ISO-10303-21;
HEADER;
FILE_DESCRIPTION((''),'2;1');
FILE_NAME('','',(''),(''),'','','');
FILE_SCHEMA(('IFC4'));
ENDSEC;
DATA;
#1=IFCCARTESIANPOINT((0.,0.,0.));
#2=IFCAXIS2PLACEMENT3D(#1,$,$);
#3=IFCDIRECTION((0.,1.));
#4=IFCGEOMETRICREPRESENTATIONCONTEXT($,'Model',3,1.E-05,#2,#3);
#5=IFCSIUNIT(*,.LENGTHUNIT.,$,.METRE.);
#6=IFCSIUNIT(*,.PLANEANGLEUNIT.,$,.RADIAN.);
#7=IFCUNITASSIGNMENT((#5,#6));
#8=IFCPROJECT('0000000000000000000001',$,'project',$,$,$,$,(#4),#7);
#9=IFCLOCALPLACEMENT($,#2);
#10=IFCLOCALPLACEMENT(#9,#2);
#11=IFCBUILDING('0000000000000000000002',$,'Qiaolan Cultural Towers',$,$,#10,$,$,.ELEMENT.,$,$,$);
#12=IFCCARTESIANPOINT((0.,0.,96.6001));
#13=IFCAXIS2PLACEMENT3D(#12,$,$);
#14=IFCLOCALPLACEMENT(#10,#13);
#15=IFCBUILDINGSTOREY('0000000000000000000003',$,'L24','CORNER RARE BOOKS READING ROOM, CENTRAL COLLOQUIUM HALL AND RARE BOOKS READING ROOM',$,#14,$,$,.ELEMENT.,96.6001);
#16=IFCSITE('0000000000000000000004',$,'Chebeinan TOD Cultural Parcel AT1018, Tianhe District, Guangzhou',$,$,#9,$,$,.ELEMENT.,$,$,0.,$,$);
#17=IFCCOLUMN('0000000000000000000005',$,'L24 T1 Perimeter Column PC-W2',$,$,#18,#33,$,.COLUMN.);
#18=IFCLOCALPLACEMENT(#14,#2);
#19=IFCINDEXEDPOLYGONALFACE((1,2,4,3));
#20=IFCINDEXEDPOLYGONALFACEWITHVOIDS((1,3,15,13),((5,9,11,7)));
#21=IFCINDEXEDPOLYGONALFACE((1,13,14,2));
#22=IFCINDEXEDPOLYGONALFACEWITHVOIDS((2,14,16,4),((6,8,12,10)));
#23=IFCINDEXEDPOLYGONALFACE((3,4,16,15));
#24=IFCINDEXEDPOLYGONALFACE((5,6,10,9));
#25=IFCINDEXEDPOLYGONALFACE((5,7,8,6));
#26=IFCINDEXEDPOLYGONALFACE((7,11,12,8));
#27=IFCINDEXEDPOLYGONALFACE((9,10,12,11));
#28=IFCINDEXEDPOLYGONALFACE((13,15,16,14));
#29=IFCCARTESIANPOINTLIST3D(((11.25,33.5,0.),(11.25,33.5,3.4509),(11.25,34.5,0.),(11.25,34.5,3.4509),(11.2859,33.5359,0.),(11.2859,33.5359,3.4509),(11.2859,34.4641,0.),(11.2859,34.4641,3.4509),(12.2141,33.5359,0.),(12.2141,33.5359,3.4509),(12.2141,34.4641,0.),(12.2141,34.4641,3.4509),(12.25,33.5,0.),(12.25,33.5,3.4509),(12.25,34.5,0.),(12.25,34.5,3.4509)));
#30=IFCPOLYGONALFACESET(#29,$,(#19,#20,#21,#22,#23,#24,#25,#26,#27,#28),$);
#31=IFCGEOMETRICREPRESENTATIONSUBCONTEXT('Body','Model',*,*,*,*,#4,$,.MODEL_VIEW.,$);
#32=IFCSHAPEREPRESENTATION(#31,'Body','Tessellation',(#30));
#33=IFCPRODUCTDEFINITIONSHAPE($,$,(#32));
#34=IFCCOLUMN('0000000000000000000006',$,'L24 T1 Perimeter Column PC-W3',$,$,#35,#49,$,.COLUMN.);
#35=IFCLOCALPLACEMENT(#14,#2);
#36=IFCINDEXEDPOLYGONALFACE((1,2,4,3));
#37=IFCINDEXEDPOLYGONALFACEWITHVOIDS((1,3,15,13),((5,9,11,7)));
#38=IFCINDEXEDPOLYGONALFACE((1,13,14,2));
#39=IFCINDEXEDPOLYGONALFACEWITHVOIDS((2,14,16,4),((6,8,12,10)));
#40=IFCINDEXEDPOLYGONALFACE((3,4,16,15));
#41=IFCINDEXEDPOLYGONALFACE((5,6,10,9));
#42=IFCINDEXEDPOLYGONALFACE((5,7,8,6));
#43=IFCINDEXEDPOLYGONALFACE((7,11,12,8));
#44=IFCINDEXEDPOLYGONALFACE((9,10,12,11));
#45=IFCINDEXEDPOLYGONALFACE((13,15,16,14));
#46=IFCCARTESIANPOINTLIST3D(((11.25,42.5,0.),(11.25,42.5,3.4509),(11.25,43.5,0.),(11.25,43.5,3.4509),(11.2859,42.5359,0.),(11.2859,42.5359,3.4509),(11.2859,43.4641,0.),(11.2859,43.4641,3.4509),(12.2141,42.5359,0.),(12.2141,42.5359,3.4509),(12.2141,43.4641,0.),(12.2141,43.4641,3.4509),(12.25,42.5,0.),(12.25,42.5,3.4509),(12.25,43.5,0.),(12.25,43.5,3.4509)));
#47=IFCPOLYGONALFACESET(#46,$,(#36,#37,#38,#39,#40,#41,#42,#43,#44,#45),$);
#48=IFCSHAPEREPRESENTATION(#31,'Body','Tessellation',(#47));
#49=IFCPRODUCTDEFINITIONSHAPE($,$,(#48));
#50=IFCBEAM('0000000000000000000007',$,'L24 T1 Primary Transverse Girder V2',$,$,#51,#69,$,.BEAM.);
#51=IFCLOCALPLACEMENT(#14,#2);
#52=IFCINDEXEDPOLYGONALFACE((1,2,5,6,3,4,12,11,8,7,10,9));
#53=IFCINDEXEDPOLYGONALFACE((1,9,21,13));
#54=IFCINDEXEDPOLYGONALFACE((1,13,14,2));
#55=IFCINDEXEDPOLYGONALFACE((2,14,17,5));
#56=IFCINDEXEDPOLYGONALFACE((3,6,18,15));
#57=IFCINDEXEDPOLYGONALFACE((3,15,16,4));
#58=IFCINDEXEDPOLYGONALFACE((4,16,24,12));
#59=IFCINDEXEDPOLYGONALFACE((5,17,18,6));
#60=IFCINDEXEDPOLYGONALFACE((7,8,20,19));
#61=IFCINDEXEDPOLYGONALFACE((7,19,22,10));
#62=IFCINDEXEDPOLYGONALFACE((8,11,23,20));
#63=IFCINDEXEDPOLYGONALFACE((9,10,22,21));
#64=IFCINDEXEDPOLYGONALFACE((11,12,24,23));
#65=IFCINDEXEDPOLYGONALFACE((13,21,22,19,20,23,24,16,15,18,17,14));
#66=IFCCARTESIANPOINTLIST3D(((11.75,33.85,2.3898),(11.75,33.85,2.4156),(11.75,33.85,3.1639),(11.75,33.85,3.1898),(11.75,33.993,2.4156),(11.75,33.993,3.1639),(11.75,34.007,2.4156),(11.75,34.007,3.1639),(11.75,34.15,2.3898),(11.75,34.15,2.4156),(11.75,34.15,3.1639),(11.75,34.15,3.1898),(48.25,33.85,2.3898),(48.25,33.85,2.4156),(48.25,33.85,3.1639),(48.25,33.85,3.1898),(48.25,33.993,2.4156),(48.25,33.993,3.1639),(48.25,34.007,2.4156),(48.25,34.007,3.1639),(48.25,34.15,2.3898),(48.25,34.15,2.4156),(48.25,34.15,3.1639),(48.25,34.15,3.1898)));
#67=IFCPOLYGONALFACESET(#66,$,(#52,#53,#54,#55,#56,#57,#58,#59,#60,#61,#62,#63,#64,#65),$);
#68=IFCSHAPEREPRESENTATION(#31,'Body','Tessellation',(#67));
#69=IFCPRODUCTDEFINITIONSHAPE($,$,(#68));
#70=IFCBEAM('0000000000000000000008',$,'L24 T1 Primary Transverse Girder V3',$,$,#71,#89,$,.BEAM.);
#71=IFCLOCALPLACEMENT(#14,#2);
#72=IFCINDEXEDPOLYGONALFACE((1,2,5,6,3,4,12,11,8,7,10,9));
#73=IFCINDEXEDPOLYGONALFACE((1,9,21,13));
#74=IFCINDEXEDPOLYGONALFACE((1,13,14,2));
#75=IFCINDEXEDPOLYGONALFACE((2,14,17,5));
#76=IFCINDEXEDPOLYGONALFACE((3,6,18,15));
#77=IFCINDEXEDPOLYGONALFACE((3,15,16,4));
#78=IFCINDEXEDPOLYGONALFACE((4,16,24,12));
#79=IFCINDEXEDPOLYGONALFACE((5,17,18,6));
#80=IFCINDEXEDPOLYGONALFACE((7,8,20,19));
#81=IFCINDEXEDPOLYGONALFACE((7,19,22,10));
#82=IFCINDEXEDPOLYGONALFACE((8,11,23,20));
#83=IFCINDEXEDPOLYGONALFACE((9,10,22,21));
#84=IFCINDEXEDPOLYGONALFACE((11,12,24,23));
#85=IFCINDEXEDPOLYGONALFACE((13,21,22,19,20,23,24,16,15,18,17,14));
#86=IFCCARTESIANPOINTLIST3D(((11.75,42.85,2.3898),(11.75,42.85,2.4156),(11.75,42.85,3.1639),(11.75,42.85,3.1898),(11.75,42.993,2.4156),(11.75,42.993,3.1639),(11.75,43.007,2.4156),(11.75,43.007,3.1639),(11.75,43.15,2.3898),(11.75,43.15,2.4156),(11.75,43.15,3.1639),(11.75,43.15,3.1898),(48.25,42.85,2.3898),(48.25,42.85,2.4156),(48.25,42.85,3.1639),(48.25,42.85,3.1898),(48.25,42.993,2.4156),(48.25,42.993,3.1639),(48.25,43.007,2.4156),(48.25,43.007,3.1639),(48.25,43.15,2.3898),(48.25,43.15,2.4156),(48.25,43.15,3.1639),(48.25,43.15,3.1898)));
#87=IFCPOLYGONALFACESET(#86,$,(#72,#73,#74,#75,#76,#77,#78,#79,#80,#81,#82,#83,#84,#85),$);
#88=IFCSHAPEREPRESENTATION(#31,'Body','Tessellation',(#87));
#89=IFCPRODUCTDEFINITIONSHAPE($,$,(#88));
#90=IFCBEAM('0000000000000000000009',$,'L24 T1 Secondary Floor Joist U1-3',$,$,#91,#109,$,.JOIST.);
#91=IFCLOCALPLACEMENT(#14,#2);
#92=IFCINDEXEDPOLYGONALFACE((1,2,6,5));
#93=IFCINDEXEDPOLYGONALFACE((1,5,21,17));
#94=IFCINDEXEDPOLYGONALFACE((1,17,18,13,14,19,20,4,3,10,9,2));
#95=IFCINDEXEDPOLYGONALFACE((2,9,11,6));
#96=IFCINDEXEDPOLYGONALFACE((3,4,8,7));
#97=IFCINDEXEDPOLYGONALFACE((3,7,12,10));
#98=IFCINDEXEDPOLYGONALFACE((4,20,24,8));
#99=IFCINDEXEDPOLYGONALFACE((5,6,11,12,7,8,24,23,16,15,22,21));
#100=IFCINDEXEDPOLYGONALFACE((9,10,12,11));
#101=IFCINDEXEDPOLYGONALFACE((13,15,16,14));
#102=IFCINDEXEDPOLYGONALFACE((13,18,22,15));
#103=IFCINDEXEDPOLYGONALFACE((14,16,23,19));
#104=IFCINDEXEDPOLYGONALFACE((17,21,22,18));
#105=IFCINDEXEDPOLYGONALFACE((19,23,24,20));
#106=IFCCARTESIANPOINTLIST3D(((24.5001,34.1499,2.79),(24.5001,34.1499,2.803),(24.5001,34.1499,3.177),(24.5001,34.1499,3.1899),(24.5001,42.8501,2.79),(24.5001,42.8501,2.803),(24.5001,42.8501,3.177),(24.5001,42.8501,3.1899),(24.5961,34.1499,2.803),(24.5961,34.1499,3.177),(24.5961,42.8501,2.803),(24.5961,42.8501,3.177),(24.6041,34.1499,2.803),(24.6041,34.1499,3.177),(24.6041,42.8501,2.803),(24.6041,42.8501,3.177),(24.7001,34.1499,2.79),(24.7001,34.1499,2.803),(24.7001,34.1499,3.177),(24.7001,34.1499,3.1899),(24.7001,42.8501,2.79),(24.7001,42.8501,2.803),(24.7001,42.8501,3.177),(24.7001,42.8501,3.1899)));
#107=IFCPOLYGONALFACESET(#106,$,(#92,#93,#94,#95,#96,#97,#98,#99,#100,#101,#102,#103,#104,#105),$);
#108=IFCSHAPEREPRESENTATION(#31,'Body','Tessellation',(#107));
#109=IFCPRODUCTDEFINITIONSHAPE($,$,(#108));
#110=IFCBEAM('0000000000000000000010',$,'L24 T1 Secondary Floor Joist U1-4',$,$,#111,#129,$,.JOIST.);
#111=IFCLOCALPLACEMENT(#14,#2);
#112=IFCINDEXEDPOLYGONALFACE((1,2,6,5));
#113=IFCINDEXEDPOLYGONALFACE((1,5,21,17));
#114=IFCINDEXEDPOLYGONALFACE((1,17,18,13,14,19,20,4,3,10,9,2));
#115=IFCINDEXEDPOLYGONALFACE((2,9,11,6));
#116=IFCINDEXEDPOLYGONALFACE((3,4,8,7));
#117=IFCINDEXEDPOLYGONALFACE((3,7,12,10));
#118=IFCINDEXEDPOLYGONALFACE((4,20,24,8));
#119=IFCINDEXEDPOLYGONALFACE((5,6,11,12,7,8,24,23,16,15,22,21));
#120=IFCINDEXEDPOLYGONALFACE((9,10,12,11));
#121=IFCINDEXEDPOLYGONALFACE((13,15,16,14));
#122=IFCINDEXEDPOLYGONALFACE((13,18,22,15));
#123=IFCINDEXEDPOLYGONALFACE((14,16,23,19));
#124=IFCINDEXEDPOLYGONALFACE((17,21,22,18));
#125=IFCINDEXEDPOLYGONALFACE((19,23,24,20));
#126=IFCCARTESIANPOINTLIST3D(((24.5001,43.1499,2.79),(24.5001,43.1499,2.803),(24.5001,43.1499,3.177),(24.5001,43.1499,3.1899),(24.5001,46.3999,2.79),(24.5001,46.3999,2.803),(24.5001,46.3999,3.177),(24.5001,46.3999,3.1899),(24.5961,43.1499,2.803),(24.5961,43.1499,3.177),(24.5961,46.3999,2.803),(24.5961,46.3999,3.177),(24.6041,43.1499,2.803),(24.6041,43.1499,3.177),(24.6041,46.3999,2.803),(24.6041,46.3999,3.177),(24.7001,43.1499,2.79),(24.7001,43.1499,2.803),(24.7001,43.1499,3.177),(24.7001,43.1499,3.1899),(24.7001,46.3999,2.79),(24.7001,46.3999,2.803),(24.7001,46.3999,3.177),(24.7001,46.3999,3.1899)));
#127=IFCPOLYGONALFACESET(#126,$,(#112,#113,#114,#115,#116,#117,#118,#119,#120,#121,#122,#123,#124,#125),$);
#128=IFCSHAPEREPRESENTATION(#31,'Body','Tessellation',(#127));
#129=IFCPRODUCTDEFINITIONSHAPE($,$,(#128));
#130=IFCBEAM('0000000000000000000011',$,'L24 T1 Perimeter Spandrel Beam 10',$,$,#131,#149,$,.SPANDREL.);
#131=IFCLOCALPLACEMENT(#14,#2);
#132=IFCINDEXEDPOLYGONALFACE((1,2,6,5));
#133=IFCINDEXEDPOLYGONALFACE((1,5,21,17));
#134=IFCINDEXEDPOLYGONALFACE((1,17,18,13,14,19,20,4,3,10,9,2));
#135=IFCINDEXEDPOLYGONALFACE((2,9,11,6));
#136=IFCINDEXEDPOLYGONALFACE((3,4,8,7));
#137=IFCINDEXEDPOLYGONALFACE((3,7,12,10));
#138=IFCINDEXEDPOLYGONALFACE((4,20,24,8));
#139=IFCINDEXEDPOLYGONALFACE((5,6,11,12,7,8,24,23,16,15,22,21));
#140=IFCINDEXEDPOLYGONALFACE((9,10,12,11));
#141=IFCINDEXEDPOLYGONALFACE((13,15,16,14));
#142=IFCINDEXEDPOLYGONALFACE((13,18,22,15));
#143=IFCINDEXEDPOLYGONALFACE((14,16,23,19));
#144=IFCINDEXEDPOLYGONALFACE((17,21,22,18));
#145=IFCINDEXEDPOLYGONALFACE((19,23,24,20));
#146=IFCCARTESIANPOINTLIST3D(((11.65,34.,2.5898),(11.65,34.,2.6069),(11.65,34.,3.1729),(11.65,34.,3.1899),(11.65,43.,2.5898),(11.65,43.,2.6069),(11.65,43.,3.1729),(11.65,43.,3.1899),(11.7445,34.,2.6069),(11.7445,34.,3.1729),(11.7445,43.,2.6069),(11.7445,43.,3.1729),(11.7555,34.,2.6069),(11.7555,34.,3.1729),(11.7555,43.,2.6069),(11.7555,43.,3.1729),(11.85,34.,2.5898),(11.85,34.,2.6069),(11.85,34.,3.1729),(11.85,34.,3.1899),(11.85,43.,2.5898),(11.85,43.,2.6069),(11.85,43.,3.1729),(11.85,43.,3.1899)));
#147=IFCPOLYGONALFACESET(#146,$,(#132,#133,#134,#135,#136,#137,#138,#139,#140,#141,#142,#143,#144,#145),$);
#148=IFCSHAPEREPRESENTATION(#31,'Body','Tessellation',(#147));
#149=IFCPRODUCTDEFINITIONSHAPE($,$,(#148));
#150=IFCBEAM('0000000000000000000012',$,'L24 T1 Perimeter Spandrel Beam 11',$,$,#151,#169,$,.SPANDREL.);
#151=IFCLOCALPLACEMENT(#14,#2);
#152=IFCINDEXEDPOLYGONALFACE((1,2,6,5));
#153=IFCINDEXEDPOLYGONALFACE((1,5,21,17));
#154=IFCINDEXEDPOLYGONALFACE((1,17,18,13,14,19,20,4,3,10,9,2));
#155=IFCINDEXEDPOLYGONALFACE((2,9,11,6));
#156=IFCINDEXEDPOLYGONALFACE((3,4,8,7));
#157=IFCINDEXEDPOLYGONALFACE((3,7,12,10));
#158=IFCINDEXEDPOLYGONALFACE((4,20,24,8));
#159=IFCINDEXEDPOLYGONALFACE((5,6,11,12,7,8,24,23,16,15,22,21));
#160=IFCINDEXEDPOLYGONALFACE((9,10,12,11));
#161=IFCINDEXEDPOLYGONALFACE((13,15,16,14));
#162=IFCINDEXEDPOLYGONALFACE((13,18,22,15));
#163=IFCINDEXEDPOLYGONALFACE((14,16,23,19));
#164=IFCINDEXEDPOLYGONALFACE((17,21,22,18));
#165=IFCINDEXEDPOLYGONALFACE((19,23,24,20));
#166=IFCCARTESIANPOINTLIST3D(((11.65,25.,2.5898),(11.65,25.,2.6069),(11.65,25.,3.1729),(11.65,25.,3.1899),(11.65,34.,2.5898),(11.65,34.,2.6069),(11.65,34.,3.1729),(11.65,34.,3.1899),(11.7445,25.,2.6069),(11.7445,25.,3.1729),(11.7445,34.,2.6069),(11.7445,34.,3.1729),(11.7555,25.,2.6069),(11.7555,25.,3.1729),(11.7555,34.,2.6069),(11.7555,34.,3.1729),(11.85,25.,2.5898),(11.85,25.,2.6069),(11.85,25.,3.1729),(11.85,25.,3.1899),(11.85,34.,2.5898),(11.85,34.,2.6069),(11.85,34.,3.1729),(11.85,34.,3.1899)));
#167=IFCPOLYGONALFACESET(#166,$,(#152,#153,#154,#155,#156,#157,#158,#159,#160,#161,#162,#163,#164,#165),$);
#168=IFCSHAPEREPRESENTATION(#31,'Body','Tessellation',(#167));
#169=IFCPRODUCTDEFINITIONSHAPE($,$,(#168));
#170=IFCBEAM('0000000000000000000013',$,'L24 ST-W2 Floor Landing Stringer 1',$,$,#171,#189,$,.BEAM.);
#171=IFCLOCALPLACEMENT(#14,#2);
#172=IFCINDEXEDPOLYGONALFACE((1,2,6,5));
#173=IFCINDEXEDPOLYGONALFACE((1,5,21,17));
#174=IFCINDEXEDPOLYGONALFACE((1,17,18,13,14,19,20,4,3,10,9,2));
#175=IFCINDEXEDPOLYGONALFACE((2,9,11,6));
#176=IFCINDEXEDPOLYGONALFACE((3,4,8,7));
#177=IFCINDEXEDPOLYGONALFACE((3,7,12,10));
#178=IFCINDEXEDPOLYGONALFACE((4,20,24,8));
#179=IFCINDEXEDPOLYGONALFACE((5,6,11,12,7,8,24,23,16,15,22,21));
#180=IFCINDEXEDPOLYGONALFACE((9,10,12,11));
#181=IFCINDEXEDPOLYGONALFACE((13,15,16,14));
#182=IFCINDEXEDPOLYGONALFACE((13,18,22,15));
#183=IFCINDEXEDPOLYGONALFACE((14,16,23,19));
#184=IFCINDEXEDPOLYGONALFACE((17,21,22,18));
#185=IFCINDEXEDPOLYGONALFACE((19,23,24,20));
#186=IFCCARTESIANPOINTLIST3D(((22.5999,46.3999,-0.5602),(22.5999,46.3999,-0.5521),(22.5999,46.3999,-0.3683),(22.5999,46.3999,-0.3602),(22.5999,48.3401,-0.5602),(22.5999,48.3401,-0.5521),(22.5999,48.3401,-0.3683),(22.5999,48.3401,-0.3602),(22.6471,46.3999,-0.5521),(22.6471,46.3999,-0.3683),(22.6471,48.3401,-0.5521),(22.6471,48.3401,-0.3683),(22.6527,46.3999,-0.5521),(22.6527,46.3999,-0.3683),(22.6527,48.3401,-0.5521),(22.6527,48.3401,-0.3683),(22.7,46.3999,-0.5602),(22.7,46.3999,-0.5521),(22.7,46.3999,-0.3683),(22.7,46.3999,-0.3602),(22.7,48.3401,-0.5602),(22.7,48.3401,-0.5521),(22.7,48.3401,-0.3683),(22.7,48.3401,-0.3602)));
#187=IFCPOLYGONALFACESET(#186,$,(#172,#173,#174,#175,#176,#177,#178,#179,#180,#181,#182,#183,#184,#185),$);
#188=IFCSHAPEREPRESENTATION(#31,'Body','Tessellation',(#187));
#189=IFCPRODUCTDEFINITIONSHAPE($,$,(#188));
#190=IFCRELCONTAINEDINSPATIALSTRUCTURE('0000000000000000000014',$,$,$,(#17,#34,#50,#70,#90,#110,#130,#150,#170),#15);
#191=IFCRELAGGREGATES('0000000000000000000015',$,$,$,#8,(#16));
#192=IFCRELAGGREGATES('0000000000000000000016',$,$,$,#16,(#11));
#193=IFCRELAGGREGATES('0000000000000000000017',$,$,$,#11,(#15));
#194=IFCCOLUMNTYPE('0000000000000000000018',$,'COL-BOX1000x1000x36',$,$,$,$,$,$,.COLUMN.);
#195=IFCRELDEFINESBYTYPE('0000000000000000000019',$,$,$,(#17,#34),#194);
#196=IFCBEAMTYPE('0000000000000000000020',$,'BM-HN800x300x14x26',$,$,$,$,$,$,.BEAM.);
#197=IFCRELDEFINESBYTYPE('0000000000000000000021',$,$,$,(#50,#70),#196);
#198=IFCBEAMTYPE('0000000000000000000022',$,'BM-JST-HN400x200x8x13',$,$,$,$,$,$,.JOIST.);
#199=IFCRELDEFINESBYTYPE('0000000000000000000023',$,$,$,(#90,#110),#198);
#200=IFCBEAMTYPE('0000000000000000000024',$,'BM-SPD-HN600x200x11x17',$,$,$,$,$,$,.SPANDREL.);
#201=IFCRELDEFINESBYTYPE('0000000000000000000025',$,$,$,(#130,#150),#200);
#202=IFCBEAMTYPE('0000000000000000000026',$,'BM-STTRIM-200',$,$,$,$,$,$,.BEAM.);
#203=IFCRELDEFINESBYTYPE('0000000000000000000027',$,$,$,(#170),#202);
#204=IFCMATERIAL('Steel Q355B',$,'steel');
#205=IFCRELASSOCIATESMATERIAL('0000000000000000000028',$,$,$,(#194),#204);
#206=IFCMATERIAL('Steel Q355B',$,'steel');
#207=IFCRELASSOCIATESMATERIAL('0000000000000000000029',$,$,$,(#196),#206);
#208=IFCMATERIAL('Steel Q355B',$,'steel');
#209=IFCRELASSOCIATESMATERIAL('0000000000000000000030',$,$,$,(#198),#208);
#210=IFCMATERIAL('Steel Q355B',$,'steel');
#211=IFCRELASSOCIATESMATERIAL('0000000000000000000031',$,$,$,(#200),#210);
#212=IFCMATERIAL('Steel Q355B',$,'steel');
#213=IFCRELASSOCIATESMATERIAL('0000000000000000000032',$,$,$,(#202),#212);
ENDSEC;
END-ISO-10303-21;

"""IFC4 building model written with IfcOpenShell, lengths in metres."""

from ifc_helpers import new_model, si_unit, direction, frame, origin, origin_2d, place, context, subcontext, project, spatial, hollow_rectangle, i_section, extrude, material, material_profile, profile_set, type_object, element, save


model = new_model("IFC4")

# Units and contexts
model_context = context("Model", 3, precision=1e-05, world=origin(), true_north=direction((0.0, 1.0)))
body_context = subcontext(model_context, "Body", "Model", "MODEL_VIEW")
ifc_project = project(units=[si_unit("LENGTHUNIT", "METRE"), si_unit("PLANEANGLEUNIT", "RADIAN")], contexts=[model_context])

# Site, building, storey
site_placement = place(None, origin())
site = spatial("IfcSite", under=ifc_project, at=site_placement, Name="Chebeinan TOD Cultural Parcel AT1018, Tianhe District, Guangzhou", CompositionType="ELEMENT", RefElevation=0.0)
building_placement = place(site_placement, origin())
building = spatial("IfcBuilding", under=site, at=building_placement, Name="Qiaolan Cultural Towers", CompositionType="ELEMENT")
storey_placement = place(building_placement, frame((0.0, 0.0, 96.6001)))
storey = spatial("IfcBuildingStorey", under=building, at=storey_placement, Name="L24", Description="CORNER RARE BOOKS READING ROOM, CENTRAL COLLOQUIUM HALL AND RARE BOOKS READING ROOM", CompositionType="ELEMENT", Elevation=96.6001)

# Columns
ifc_material_1 = material(Name="Steel Q355B", Category="steel")
ifc_material_profile_1 = material_profile(ifc_material_1, hollow_rectangle(XDim=1.0, YDim=1.0, WallThickness=0.0359, at=origin_2d()), Name="BOX1000x1000x36")
ifc_profile_set_1 = profile_set([ifc_material_profile_1], Name="Steel Q355B")
column_type = type_object("IfcColumnType", Name="COL-BOX1000x1000x36", PredefinedType="COLUMN", material=ifc_profile_set_1)
for number, where, z_axis, x_axis, name in (
    (1, (11.75, 34.0, 0.0), (0.0, 0.0, 1.0), (1.0, 0.0, 0.0), "L24 T1 Perimeter Column PC-W2"),
    (2, (11.75, 43.0, 0.0), (0.0, 0.0, 1.0), (1.0, 0.0, 0.0), "L24 T1 Perimeter Column PC-W3"),
):
    element("IfcColumn", number, at=place(storey_placement, frame(where, z_axis=z_axis, x_axis=x_axis)), inside=storey, type_object=column_type, Name=name, PredefinedType="COLUMN", context=body_context, shape_type="SweptSolid", body=[
        extrude(hollow_rectangle(XDim=1.0, YDim=1.0, WallThickness=0.0359, at=origin_2d()), origin(), (0.0, 0.0, 1.0), 3.4509),
    ])

# Beams
ifc_material_2 = material(Name="Steel Q355B", Category="steel")
ifc_material_profile_2 = material_profile(ifc_material_2, i_section(OverallWidth=0.3, OverallDepth=0.8, WebThickness=0.0139, FlangeThickness=0.0259, at=origin_2d()), Name="HN800x300x14x26")
ifc_profile_set_2 = profile_set([ifc_material_profile_2], Name="Steel Q355B")
beam_type_1 = type_object("IfcBeamType", Name="BM-HN800x300x14x26", PredefinedType="BEAM", material=ifc_profile_set_2)
for number, where, z_axis, x_axis, name in (
    (3, (11.75, 34.0, 2.7898), (1.0, 0.0, 0.0), (0.0, 1.0, 0.0), "L24 T1 Primary Transverse Girder V2"),
    (4, (11.75, 43.0, 2.7898), (1.0, 0.0, 0.0), (0.0, 1.0, 0.0), "L24 T1 Primary Transverse Girder V3"),
):
    element("IfcBeam", number, at=place(storey_placement, frame(where, z_axis=z_axis, x_axis=x_axis)), inside=storey, type_object=beam_type_1, Name=name, PredefinedType="BEAM", context=body_context, shape_type="SweptSolid", body=[
        extrude(i_section(OverallWidth=0.3, OverallDepth=0.8, WebThickness=0.0139, FlangeThickness=0.0259, at=origin_2d()), origin(), (0.0, 0.0, 1.0), 36.5),
    ])
ifc_material_3 = material(Name="Steel Q355B", Category="steel")
ifc_material_profile_3 = material_profile(ifc_material_3, i_section(OverallWidth=0.2, OverallDepth=0.3999, WebThickness=0.0081, FlangeThickness=0.0129, at=origin_2d()), Name="HN400x200x8x13")
ifc_profile_set_3 = profile_set([ifc_material_profile_3], Name="Steel Q355B")
beam_type_2 = type_object("IfcBeamType", Name="BM-JST-HN400x200x8x13", PredefinedType="JOIST", material=ifc_profile_set_3)
beam_1_placement = place(storey_placement, frame((24.6001, 34.1499, 2.99), z_axis=(0.0, 1.0, 0.0), x_axis=(-1.0, 0.0, 0.0)))
element("IfcBeam", 5, at=beam_1_placement, inside=storey, type_object=beam_type_2, Name="L24 T1 Secondary Floor Joist U1-3", PredefinedType="JOIST", context=body_context, shape_type="SweptSolid", body=[
    extrude(i_section(OverallWidth=0.2, OverallDepth=0.3999, WebThickness=0.0081, FlangeThickness=0.0129, at=origin_2d()), origin(), (0.0, 0.0, 1.0), 8.7002),
])
beam_2_placement = place(storey_placement, frame((24.6001, 43.1499, 2.99), z_axis=(0.0, 1.0, 0.0), x_axis=(-1.0, 0.0, 0.0)))
element("IfcBeam", 6, at=beam_2_placement, inside=storey, type_object=beam_type_2, Name="L24 T1 Secondary Floor Joist U1-4", PredefinedType="JOIST", context=body_context, shape_type="SweptSolid", body=[
    extrude(i_section(OverallWidth=0.2, OverallDepth=0.3999, WebThickness=0.0081, FlangeThickness=0.0129, at=origin_2d()), origin(), (0.0, 0.0, 1.0), 3.25),
])
ifc_material_4 = material(Name="Steel Q355B", Category="steel")
ifc_material_profile_4 = material_profile(ifc_material_4, i_section(OverallWidth=0.2, OverallDepth=0.6001, WebThickness=0.011, FlangeThickness=0.0171, at=origin_2d()), Name="HN600x200x11x17")
ifc_profile_set_4 = profile_set([ifc_material_profile_4], Name="Steel Q355B")
beam_type_3 = type_object("IfcBeamType", Name="BM-SPD-HN600x200x11x17", PredefinedType="SPANDREL", material=ifc_profile_set_4)
for number, where, z_axis, x_axis, name in (
    (7, (11.75, 43.0, 2.8899), (0.0, -1.0, 0.0), (1.0, 0.0, 0.0), "L24 T1 Perimeter Spandrel Beam 10"),
    (8, (11.75, 34.0, 2.8899), (0.0, -1.0, 0.0), (1.0, 0.0, 0.0), "L24 T1 Perimeter Spandrel Beam 11"),
):
    element("IfcBeam", number, at=place(storey_placement, frame(where, z_axis=z_axis, x_axis=x_axis)), inside=storey, type_object=beam_type_3, Name=name, PredefinedType="SPANDREL", context=body_context, shape_type="SweptSolid", body=[
        extrude(i_section(OverallWidth=0.2, OverallDepth=0.6001, WebThickness=0.011, FlangeThickness=0.0171, at=origin_2d()), origin(), (0.0, 0.0, 1.0), 9.0),
    ])
ifc_material_5 = material(Name="Steel Q355B", Category="steel")
ifc_material_profile_5 = material_profile(ifc_material_5, i_section(OverallWidth=0.1001, OverallDepth=0.2, WebThickness=0.0056, FlangeThickness=0.0081, at=origin_2d()), Name="HN200x100x5.5x8")
ifc_profile_set_5 = profile_set([ifc_material_profile_5], Name="Steel Q355B")
beam_type_4 = type_object("IfcBeamType", Name="BM-STTRIM-200", PredefinedType="BEAM", material=ifc_profile_set_5)
for number, where, z_axis, x_axis, name in (
    (9, (22.6499, 46.3999, -0.4602), (0.0, 1.0, 0.0), (-1.0, 0.0, 0.0), "L24 ST-W2 Floor Landing Stringer 1"),
):
    element("IfcBeam", number, at=place(storey_placement, frame(where, z_axis=z_axis, x_axis=x_axis)), inside=storey, type_object=beam_type_4, Name=name, PredefinedType="BEAM", context=body_context, shape_type="SweptSolid", body=[
        extrude(i_section(OverallWidth=0.1001, OverallDepth=0.2, WebThickness=0.0056, FlangeThickness=0.0081, at=origin_2d()), origin(), (0.0, 0.0, 1.0), 1.9402),
    ])

save(model, "model.ifc")
